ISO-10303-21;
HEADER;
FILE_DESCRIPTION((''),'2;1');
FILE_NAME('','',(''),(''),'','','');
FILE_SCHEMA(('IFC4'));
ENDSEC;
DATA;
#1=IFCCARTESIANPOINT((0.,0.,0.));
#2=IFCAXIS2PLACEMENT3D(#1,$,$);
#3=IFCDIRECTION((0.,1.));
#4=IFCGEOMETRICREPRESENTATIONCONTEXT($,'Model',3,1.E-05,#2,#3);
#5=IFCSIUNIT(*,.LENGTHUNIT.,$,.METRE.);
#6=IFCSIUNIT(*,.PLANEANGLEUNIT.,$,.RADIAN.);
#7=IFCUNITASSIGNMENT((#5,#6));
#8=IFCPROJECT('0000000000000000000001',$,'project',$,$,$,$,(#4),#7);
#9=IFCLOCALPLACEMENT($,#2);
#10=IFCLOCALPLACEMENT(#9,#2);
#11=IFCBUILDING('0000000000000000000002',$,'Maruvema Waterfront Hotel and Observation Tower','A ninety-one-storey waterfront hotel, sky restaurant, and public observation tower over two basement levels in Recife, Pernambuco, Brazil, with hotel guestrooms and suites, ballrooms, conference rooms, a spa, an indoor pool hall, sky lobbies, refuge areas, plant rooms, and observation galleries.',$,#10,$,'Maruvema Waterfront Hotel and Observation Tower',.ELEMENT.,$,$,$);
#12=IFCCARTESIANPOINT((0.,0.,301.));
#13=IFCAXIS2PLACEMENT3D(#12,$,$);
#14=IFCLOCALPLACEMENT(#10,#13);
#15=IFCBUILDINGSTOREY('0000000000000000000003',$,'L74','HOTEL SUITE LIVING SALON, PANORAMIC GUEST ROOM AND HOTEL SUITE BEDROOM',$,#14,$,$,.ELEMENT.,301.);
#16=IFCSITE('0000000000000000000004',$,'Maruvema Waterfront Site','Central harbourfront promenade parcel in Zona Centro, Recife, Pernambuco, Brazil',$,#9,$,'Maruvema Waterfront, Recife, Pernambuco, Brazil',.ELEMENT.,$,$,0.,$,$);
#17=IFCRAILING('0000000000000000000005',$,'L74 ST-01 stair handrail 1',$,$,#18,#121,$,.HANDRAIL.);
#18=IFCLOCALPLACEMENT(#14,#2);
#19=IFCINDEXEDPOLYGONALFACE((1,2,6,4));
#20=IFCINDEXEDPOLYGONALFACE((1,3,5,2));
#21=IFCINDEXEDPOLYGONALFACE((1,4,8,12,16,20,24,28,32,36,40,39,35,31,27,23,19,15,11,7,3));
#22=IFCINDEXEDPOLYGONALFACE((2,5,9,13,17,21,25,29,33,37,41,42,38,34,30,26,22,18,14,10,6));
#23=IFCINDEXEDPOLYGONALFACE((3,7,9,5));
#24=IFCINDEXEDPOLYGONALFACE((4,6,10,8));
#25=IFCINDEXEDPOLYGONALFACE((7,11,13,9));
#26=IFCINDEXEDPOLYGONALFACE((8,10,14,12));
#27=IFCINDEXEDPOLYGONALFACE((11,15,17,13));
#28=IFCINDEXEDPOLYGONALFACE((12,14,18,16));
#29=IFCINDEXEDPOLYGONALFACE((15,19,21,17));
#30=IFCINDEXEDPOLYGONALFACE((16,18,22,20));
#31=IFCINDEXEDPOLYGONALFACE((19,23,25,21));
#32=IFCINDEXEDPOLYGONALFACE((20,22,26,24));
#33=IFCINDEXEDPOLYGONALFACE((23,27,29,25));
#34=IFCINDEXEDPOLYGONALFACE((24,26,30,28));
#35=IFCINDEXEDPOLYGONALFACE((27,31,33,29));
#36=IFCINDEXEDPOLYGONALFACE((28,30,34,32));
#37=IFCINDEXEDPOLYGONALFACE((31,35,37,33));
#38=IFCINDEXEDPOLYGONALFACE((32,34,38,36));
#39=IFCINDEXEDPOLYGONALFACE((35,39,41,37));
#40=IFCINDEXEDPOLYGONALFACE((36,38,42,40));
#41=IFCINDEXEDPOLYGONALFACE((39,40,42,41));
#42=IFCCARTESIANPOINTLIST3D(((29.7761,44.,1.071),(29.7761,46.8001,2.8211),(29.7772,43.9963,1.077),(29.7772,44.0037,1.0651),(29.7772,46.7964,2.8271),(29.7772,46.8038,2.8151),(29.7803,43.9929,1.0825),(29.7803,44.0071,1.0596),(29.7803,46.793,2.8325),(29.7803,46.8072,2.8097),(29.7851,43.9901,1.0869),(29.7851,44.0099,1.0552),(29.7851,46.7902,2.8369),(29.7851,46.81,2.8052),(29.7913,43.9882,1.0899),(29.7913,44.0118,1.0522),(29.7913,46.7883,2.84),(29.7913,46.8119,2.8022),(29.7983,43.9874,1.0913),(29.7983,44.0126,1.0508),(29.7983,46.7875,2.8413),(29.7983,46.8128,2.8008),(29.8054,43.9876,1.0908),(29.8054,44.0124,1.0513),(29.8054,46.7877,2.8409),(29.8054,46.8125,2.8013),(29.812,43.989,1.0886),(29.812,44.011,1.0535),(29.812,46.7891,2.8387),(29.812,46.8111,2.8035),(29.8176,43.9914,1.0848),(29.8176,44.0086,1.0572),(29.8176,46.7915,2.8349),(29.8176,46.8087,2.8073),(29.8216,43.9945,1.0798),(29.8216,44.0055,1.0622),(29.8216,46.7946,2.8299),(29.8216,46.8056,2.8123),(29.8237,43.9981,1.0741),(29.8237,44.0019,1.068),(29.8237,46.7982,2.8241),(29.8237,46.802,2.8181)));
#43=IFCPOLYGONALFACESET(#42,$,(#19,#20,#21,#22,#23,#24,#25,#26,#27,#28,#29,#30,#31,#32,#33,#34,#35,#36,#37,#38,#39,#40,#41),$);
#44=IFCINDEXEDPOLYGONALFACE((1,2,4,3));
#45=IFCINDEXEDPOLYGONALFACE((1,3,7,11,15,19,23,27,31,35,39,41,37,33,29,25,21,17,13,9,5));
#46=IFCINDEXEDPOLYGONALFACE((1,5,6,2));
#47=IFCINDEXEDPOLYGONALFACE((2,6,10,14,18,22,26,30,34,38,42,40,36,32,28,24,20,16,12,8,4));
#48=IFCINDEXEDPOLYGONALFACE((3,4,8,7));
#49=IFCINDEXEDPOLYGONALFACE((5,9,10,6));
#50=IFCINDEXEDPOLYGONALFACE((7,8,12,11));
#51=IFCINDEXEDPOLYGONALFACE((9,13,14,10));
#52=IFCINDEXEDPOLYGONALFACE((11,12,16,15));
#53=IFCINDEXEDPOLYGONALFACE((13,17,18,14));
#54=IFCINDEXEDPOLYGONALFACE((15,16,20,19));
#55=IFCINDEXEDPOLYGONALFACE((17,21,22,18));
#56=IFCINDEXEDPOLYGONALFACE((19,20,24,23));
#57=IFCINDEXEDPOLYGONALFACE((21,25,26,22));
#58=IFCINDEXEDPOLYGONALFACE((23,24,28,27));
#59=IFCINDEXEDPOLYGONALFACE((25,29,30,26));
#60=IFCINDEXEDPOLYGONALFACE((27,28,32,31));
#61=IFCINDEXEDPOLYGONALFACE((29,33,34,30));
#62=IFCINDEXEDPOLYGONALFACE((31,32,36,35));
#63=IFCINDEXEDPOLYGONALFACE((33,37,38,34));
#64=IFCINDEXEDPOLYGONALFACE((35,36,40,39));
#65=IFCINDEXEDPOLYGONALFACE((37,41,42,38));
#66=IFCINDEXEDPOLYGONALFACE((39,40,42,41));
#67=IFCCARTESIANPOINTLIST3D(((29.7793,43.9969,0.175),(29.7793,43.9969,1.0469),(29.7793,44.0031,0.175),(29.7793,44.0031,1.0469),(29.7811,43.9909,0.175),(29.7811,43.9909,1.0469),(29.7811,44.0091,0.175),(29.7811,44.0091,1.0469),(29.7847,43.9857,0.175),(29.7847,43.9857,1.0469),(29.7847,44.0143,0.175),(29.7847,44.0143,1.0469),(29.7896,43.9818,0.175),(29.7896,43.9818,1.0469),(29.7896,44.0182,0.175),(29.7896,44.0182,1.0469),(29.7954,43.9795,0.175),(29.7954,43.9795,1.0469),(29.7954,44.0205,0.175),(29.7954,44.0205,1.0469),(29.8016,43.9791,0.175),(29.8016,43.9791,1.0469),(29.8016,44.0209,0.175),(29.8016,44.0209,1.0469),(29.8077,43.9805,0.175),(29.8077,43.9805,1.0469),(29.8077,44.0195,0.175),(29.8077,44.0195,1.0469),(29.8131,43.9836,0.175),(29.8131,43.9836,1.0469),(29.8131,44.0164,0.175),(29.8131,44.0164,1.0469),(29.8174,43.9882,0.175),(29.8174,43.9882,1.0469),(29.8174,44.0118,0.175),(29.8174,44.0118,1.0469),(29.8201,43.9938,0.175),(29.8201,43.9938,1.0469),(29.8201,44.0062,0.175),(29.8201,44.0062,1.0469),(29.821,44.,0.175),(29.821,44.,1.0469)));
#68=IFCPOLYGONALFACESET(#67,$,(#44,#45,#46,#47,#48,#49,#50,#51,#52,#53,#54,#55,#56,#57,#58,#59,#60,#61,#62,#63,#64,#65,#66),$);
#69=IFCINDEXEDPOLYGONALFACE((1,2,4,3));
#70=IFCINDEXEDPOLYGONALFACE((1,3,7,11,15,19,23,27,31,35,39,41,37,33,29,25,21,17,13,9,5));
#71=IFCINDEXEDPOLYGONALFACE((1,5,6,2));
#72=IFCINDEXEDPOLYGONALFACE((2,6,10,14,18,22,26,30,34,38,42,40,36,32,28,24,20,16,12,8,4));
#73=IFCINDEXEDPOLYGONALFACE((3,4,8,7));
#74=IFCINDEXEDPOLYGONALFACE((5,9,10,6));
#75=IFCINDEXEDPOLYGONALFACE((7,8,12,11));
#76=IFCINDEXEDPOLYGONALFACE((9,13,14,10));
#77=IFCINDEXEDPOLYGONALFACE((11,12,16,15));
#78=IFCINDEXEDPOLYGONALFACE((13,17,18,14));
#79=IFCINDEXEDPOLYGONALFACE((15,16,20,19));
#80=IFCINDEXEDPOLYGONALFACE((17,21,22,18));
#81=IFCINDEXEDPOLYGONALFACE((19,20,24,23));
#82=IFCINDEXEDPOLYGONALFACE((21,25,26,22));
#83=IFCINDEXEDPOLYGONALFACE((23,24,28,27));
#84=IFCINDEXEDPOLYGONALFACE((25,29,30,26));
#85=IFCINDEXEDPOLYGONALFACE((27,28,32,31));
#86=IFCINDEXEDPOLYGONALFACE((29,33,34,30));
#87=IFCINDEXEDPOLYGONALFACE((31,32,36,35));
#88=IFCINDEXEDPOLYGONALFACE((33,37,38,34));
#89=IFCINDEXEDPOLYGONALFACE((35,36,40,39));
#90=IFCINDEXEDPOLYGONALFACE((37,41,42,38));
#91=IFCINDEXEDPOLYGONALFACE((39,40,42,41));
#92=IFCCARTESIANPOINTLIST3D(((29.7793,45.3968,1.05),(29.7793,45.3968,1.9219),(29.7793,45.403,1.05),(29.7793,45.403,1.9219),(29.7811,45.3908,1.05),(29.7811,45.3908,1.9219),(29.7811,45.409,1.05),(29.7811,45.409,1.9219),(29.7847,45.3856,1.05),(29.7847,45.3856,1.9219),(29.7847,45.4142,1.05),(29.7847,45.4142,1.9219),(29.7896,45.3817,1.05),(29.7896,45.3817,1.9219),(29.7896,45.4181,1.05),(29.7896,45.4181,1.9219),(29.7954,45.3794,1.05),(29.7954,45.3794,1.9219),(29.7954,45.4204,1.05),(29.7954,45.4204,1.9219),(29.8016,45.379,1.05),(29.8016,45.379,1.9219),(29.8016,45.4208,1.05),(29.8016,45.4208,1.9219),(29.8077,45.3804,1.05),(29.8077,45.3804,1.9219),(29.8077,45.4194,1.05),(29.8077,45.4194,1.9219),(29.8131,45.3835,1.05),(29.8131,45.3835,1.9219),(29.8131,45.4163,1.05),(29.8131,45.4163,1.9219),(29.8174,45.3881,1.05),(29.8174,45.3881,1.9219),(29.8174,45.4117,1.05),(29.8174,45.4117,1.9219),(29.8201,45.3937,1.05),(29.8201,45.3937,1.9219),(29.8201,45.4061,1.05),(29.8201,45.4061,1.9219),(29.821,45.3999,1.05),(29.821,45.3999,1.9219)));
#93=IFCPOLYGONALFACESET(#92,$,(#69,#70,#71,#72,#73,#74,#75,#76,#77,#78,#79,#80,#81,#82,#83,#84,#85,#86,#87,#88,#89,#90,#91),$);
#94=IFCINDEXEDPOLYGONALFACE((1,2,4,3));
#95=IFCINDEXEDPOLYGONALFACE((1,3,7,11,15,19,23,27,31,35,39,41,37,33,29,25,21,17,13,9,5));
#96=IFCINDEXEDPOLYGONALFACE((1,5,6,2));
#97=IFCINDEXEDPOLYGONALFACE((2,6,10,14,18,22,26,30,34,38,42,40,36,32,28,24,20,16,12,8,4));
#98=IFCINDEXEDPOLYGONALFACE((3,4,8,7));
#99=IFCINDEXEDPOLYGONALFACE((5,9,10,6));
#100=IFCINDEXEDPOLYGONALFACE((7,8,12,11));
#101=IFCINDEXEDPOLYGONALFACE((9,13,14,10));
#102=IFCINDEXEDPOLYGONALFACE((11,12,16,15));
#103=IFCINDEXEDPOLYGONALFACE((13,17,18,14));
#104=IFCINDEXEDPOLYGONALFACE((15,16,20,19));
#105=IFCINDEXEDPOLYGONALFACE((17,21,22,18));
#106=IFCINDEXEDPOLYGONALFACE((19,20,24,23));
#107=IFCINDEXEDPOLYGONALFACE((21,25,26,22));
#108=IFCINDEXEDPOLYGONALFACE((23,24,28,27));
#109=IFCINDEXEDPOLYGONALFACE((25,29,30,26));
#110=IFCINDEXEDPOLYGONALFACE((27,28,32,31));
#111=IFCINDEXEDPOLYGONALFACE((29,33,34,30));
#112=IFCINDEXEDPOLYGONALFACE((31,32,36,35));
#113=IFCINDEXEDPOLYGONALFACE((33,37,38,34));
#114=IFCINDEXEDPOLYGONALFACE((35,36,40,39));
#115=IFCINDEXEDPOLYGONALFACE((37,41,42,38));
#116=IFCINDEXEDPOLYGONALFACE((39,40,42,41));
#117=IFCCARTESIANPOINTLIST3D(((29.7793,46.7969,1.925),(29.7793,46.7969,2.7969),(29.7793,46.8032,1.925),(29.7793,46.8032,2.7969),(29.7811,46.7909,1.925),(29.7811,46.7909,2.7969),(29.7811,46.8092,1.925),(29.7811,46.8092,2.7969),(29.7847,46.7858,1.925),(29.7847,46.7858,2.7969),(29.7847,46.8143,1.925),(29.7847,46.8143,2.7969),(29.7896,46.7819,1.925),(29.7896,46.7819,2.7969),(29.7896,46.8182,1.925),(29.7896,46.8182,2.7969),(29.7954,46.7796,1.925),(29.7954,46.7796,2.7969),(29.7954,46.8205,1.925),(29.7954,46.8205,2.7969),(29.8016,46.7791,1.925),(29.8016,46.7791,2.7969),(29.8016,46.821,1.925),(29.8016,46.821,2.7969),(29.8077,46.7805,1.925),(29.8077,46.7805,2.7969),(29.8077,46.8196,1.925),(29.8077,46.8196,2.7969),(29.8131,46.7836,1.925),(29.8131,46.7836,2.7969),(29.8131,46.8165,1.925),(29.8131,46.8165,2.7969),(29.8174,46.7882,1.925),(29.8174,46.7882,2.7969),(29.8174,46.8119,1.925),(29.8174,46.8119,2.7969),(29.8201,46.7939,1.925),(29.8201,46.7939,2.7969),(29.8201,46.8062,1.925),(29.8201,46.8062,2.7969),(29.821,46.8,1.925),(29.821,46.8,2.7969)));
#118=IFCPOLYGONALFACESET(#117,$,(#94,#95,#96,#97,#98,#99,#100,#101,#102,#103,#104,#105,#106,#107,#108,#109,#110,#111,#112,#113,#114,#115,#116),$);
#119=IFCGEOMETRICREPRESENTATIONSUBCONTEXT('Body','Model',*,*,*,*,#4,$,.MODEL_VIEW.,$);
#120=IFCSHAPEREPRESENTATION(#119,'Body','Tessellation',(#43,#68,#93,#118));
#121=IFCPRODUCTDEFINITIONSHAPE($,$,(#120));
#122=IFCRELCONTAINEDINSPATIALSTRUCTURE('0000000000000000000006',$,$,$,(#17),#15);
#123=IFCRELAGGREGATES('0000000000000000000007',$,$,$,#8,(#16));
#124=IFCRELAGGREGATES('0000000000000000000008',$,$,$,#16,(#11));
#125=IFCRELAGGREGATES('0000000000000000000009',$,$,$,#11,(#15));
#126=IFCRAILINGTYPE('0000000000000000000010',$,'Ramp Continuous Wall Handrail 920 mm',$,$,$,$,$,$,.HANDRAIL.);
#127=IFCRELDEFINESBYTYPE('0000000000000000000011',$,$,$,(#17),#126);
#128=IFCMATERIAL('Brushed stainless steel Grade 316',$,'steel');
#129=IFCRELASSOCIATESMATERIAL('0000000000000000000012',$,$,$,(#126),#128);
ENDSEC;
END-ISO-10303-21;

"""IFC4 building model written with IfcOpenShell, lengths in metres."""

from ifc_helpers import new_model, si_unit, direction, frame, origin, origin_2d, place, context, subcontext, project, spatial, circle, extrude, material, type_object, element, save


model = new_model("IFC4")

# Units and contexts
model_context = context("Model", 3, precision=1e-05, world=origin(), true_north=direction((0.0, 1.0)))
body_context = subcontext(model_context, "Body", "Model", "MODEL_VIEW")
ifc_project = project(units=[si_unit("LENGTHUNIT", "METRE"), si_unit("PLANEANGLEUNIT", "RADIAN")], contexts=[model_context])

# Site, building, storey
site_placement = place(None, origin())
site = spatial("IfcSite", under=ifc_project, at=site_placement, Name="Maruvema Waterfront Site", Description="Central harbourfront promenade parcel in Zona Centro, Recife, Pernambuco, Brazil", LongName="Maruvema Waterfront, Recife, Pernambuco, Brazil", CompositionType="ELEMENT", RefElevation=0.0)
building_placement = place(site_placement, origin())
building = spatial("IfcBuilding", under=site, at=building_placement, Name="Maruvema Waterfront Hotel and Observation Tower", Description="A ninety-one-storey waterfront hotel, sky restaurant, and public observation tower over two basement levels in Recife, Pernambuco, Brazil, with hotel guestrooms and suites, ballrooms, conference rooms, a spa, an indoor pool hall, sky lobbies, refuge areas, plant rooms, and observation galleries.", LongName="Maruvema Waterfront Hotel and Observation Tower", CompositionType="ELEMENT")
storey_placement = place(building_placement, frame((0.0, 0.0, 301.0)))
storey = spatial("IfcBuildingStorey", under=building, at=storey_placement, Name="L74", Description="HOTEL SUITE LIVING SALON, PANORAMIC GUEST ROOM AND HOTEL SUITE BEDROOM", CompositionType="ELEMENT", Elevation=301.0)

# Railing
ifc_material_1 = material(Name="Brushed stainless steel Grade 316", Category="steel")
railing_type_1 = type_object("IfcRailingType", Name="Ramp Continuous Wall Handrail 920 mm", PredefinedType="HANDRAIL", material=ifc_material_1)
railing_1_placement = place(storey_placement, frame((29.8, 44.0, 0.175)))
element("IfcRailing", 1, at=railing_1_placement, inside=storey, type_object=railing_type_1, Name="L74 ST-01 stair handrail 1", PredefinedType="HANDRAIL", context=body_context, shape_type="SweptSolid", body=[
    extrude(circle(Radius=0.0239, at=origin_2d()), frame((0.0, 0.0, 0.896), z_axis=(0.0, 0.848002, 0.529992), x_axis=(-1.0, 0.0, 0.0)), (0.0, 0.0, 1.0), 3.302),
    extrude(circle(Radius=0.021, at=origin_2d()), origin(), (0.0, 0.0, 1.0), 0.8718),
    extrude(circle(Radius=0.021, at=origin_2d()), frame((0.0, 1.3999, 0.875)), (0.0, 0.0, 1.0), 0.8718),
    extrude(circle(Radius=0.021, at=origin_2d()), frame((0.0, 2.8, 1.75)), (0.0, 0.0, 1.0), 0.8718),
])

save(model, "model.ifc")
